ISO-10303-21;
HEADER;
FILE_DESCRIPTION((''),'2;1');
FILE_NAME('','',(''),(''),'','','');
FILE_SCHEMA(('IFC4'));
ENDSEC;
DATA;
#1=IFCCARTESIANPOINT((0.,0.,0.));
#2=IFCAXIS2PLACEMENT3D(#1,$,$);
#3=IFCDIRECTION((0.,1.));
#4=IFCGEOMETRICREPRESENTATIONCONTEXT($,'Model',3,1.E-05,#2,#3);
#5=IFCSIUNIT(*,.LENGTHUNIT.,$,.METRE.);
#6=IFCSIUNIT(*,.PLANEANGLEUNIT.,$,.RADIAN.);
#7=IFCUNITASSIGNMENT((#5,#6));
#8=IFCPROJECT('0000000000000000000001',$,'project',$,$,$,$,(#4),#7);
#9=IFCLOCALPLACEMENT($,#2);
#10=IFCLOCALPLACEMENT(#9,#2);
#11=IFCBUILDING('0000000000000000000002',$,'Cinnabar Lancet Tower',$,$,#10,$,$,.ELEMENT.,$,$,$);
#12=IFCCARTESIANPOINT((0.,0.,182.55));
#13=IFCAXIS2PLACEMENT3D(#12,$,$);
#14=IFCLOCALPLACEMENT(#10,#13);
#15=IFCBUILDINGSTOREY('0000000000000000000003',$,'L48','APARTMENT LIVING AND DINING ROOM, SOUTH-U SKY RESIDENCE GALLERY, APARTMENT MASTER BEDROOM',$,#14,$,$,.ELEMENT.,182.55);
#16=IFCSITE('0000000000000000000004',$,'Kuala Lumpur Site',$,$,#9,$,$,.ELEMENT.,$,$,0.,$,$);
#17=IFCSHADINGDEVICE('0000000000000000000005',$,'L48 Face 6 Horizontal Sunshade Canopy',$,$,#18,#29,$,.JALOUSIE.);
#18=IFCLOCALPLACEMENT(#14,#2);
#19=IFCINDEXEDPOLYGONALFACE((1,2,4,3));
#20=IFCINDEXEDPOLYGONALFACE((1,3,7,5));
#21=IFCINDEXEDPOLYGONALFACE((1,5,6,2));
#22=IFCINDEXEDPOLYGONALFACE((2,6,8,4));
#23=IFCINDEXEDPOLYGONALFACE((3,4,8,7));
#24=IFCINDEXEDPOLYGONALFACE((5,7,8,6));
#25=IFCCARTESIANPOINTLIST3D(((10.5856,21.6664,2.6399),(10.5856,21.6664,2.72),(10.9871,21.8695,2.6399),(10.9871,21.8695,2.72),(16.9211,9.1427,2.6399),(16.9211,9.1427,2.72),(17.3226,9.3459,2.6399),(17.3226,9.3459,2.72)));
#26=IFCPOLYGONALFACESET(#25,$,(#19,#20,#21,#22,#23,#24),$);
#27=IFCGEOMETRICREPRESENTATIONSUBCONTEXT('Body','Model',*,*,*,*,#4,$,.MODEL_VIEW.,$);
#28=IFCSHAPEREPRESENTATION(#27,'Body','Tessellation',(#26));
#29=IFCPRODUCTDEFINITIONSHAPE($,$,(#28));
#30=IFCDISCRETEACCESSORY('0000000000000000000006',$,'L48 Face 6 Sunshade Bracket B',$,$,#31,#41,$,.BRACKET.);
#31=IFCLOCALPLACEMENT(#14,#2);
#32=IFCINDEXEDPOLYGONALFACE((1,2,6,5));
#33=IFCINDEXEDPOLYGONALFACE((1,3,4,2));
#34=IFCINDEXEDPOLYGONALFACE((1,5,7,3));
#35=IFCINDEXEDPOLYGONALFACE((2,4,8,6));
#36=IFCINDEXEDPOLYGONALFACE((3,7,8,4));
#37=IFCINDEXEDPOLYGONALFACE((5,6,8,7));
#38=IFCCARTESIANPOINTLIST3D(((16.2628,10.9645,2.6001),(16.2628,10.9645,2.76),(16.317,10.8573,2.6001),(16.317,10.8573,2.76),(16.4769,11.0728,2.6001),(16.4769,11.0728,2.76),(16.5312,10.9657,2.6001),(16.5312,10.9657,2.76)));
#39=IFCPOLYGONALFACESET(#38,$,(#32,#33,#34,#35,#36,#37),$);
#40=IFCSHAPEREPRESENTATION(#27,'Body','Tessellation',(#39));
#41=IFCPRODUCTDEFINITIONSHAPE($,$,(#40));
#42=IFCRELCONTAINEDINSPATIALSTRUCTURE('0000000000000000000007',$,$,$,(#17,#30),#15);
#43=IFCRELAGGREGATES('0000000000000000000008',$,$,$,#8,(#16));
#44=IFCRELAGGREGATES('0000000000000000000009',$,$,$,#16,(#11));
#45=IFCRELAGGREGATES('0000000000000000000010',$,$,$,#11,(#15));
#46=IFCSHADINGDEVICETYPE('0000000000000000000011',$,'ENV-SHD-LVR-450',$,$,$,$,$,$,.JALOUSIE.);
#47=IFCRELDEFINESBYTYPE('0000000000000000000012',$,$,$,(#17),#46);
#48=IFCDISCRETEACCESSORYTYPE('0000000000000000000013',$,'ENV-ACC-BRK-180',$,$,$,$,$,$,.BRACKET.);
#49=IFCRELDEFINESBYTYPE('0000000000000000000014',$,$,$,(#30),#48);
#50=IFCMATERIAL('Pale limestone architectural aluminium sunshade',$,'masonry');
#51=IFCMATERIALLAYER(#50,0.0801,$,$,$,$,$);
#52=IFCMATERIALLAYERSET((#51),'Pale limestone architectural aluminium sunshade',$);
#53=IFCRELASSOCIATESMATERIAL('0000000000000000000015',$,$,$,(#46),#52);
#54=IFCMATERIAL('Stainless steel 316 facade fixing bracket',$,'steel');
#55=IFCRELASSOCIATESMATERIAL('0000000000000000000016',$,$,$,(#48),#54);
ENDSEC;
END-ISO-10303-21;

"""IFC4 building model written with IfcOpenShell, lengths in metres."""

from ifc_helpers import new_model, si_unit, direction, frame, origin, origin_2d, place, context, subcontext, project, spatial, rectangle, extrude, material, layer, layer_set, type_object, element, save


model = new_model("IFC4")

# Units and contexts
model_context = context("Model", 3, precision=1e-05, world=origin(), true_north=direction((0.0, 1.0)))
body_context = subcontext(model_context, "Body", "Model", "MODEL_VIEW")
ifc_project = project(units=[si_unit("LENGTHUNIT", "METRE"), si_unit("PLANEANGLEUNIT", "RADIAN")], contexts=[model_context])

# Site, building, storey
site_placement = place(None, origin())
site = spatial("IfcSite", under=ifc_project, at=site_placement, Name="Kuala Lumpur Site", CompositionType="ELEMENT", RefElevation=0.0)
building_placement = place(site_placement, origin())
building = spatial("IfcBuilding", under=site, at=building_placement, Name="Cinnabar Lancet Tower", CompositionType="ELEMENT")
storey_placement = place(building_placement, frame((0.0, 0.0, 182.55)))
storey = spatial("IfcBuildingStorey", under=building, at=storey_placement, Name="L48", Description="APARTMENT LIVING AND DINING ROOM, SOUTH-U SKY RESIDENCE GALLERY, APARTMENT MASTER BEDROOM", CompositionType="ELEMENT", Elevation=182.55)

# Shading device
ifc_material_1 = material(Name="Pale limestone architectural aluminium sunshade", Category="masonry")
ifc_layer_1 = layer(ifc_material_1, 0.0801)
ifc_layer_set_1 = layer_set([ifc_layer_1], Name="Pale limestone architectural aluminium sunshade")
shading_device_type = type_object("IfcShadingDeviceType", Name="ENV-SHD-LVR-450", PredefinedType="JALOUSIE", material=ifc_layer_set_1)
shading_device_placement = place(storey_placement, frame((13.9541, 15.5061, 2.6399), z_axis=(0.0, 0.0, 1.0), x_axis=(0.451407, -0.892318, 0.0)))
element("IfcShadingDevice", 1, at=shading_device_placement, inside=storey, type_object=shading_device_type, Name="L48 Face 6 Horizontal Sunshade Canopy", PredefinedType="JALOUSIE", context=body_context, shape_type="SweptSolid", body=[
    extrude(rectangle(XDim=14.0349, YDim=0.45, at=origin_2d()), origin(), (0.0, 0.0, 1.0), 0.0801),
])

# Discrete accessory
ifc_material_2 = material(Name="Stainless steel 316 facade fixing bracket", Category="steel")
discrete_accessory_type = type_object("IfcDiscreteAccessoryType", Name="ENV-ACC-BRK-180", PredefinedType="BRACKET", material=ifc_material_2)
discrete_accessory_placement = place(storey_placement, frame((16.397, 10.9651, 2.6001), z_axis=(0.0, 0.0, 1.0), x_axis=(0.451407, -0.892318, 0.0)))
element("IfcDiscreteAccessory", 2, at=discrete_accessory_placement, inside=storey, type_object=discrete_accessory_type, Name="L48 Face 6 Sunshade Bracket B", PredefinedType="BRACKET", context=body_context, shape_type="SweptSolid", body=[
    extrude(rectangle(XDim=0.1201, YDim=0.24, at=origin_2d()), origin(), (0.0, 0.0, 1.0), 0.1599),
])

save(model, "model.ifc")
